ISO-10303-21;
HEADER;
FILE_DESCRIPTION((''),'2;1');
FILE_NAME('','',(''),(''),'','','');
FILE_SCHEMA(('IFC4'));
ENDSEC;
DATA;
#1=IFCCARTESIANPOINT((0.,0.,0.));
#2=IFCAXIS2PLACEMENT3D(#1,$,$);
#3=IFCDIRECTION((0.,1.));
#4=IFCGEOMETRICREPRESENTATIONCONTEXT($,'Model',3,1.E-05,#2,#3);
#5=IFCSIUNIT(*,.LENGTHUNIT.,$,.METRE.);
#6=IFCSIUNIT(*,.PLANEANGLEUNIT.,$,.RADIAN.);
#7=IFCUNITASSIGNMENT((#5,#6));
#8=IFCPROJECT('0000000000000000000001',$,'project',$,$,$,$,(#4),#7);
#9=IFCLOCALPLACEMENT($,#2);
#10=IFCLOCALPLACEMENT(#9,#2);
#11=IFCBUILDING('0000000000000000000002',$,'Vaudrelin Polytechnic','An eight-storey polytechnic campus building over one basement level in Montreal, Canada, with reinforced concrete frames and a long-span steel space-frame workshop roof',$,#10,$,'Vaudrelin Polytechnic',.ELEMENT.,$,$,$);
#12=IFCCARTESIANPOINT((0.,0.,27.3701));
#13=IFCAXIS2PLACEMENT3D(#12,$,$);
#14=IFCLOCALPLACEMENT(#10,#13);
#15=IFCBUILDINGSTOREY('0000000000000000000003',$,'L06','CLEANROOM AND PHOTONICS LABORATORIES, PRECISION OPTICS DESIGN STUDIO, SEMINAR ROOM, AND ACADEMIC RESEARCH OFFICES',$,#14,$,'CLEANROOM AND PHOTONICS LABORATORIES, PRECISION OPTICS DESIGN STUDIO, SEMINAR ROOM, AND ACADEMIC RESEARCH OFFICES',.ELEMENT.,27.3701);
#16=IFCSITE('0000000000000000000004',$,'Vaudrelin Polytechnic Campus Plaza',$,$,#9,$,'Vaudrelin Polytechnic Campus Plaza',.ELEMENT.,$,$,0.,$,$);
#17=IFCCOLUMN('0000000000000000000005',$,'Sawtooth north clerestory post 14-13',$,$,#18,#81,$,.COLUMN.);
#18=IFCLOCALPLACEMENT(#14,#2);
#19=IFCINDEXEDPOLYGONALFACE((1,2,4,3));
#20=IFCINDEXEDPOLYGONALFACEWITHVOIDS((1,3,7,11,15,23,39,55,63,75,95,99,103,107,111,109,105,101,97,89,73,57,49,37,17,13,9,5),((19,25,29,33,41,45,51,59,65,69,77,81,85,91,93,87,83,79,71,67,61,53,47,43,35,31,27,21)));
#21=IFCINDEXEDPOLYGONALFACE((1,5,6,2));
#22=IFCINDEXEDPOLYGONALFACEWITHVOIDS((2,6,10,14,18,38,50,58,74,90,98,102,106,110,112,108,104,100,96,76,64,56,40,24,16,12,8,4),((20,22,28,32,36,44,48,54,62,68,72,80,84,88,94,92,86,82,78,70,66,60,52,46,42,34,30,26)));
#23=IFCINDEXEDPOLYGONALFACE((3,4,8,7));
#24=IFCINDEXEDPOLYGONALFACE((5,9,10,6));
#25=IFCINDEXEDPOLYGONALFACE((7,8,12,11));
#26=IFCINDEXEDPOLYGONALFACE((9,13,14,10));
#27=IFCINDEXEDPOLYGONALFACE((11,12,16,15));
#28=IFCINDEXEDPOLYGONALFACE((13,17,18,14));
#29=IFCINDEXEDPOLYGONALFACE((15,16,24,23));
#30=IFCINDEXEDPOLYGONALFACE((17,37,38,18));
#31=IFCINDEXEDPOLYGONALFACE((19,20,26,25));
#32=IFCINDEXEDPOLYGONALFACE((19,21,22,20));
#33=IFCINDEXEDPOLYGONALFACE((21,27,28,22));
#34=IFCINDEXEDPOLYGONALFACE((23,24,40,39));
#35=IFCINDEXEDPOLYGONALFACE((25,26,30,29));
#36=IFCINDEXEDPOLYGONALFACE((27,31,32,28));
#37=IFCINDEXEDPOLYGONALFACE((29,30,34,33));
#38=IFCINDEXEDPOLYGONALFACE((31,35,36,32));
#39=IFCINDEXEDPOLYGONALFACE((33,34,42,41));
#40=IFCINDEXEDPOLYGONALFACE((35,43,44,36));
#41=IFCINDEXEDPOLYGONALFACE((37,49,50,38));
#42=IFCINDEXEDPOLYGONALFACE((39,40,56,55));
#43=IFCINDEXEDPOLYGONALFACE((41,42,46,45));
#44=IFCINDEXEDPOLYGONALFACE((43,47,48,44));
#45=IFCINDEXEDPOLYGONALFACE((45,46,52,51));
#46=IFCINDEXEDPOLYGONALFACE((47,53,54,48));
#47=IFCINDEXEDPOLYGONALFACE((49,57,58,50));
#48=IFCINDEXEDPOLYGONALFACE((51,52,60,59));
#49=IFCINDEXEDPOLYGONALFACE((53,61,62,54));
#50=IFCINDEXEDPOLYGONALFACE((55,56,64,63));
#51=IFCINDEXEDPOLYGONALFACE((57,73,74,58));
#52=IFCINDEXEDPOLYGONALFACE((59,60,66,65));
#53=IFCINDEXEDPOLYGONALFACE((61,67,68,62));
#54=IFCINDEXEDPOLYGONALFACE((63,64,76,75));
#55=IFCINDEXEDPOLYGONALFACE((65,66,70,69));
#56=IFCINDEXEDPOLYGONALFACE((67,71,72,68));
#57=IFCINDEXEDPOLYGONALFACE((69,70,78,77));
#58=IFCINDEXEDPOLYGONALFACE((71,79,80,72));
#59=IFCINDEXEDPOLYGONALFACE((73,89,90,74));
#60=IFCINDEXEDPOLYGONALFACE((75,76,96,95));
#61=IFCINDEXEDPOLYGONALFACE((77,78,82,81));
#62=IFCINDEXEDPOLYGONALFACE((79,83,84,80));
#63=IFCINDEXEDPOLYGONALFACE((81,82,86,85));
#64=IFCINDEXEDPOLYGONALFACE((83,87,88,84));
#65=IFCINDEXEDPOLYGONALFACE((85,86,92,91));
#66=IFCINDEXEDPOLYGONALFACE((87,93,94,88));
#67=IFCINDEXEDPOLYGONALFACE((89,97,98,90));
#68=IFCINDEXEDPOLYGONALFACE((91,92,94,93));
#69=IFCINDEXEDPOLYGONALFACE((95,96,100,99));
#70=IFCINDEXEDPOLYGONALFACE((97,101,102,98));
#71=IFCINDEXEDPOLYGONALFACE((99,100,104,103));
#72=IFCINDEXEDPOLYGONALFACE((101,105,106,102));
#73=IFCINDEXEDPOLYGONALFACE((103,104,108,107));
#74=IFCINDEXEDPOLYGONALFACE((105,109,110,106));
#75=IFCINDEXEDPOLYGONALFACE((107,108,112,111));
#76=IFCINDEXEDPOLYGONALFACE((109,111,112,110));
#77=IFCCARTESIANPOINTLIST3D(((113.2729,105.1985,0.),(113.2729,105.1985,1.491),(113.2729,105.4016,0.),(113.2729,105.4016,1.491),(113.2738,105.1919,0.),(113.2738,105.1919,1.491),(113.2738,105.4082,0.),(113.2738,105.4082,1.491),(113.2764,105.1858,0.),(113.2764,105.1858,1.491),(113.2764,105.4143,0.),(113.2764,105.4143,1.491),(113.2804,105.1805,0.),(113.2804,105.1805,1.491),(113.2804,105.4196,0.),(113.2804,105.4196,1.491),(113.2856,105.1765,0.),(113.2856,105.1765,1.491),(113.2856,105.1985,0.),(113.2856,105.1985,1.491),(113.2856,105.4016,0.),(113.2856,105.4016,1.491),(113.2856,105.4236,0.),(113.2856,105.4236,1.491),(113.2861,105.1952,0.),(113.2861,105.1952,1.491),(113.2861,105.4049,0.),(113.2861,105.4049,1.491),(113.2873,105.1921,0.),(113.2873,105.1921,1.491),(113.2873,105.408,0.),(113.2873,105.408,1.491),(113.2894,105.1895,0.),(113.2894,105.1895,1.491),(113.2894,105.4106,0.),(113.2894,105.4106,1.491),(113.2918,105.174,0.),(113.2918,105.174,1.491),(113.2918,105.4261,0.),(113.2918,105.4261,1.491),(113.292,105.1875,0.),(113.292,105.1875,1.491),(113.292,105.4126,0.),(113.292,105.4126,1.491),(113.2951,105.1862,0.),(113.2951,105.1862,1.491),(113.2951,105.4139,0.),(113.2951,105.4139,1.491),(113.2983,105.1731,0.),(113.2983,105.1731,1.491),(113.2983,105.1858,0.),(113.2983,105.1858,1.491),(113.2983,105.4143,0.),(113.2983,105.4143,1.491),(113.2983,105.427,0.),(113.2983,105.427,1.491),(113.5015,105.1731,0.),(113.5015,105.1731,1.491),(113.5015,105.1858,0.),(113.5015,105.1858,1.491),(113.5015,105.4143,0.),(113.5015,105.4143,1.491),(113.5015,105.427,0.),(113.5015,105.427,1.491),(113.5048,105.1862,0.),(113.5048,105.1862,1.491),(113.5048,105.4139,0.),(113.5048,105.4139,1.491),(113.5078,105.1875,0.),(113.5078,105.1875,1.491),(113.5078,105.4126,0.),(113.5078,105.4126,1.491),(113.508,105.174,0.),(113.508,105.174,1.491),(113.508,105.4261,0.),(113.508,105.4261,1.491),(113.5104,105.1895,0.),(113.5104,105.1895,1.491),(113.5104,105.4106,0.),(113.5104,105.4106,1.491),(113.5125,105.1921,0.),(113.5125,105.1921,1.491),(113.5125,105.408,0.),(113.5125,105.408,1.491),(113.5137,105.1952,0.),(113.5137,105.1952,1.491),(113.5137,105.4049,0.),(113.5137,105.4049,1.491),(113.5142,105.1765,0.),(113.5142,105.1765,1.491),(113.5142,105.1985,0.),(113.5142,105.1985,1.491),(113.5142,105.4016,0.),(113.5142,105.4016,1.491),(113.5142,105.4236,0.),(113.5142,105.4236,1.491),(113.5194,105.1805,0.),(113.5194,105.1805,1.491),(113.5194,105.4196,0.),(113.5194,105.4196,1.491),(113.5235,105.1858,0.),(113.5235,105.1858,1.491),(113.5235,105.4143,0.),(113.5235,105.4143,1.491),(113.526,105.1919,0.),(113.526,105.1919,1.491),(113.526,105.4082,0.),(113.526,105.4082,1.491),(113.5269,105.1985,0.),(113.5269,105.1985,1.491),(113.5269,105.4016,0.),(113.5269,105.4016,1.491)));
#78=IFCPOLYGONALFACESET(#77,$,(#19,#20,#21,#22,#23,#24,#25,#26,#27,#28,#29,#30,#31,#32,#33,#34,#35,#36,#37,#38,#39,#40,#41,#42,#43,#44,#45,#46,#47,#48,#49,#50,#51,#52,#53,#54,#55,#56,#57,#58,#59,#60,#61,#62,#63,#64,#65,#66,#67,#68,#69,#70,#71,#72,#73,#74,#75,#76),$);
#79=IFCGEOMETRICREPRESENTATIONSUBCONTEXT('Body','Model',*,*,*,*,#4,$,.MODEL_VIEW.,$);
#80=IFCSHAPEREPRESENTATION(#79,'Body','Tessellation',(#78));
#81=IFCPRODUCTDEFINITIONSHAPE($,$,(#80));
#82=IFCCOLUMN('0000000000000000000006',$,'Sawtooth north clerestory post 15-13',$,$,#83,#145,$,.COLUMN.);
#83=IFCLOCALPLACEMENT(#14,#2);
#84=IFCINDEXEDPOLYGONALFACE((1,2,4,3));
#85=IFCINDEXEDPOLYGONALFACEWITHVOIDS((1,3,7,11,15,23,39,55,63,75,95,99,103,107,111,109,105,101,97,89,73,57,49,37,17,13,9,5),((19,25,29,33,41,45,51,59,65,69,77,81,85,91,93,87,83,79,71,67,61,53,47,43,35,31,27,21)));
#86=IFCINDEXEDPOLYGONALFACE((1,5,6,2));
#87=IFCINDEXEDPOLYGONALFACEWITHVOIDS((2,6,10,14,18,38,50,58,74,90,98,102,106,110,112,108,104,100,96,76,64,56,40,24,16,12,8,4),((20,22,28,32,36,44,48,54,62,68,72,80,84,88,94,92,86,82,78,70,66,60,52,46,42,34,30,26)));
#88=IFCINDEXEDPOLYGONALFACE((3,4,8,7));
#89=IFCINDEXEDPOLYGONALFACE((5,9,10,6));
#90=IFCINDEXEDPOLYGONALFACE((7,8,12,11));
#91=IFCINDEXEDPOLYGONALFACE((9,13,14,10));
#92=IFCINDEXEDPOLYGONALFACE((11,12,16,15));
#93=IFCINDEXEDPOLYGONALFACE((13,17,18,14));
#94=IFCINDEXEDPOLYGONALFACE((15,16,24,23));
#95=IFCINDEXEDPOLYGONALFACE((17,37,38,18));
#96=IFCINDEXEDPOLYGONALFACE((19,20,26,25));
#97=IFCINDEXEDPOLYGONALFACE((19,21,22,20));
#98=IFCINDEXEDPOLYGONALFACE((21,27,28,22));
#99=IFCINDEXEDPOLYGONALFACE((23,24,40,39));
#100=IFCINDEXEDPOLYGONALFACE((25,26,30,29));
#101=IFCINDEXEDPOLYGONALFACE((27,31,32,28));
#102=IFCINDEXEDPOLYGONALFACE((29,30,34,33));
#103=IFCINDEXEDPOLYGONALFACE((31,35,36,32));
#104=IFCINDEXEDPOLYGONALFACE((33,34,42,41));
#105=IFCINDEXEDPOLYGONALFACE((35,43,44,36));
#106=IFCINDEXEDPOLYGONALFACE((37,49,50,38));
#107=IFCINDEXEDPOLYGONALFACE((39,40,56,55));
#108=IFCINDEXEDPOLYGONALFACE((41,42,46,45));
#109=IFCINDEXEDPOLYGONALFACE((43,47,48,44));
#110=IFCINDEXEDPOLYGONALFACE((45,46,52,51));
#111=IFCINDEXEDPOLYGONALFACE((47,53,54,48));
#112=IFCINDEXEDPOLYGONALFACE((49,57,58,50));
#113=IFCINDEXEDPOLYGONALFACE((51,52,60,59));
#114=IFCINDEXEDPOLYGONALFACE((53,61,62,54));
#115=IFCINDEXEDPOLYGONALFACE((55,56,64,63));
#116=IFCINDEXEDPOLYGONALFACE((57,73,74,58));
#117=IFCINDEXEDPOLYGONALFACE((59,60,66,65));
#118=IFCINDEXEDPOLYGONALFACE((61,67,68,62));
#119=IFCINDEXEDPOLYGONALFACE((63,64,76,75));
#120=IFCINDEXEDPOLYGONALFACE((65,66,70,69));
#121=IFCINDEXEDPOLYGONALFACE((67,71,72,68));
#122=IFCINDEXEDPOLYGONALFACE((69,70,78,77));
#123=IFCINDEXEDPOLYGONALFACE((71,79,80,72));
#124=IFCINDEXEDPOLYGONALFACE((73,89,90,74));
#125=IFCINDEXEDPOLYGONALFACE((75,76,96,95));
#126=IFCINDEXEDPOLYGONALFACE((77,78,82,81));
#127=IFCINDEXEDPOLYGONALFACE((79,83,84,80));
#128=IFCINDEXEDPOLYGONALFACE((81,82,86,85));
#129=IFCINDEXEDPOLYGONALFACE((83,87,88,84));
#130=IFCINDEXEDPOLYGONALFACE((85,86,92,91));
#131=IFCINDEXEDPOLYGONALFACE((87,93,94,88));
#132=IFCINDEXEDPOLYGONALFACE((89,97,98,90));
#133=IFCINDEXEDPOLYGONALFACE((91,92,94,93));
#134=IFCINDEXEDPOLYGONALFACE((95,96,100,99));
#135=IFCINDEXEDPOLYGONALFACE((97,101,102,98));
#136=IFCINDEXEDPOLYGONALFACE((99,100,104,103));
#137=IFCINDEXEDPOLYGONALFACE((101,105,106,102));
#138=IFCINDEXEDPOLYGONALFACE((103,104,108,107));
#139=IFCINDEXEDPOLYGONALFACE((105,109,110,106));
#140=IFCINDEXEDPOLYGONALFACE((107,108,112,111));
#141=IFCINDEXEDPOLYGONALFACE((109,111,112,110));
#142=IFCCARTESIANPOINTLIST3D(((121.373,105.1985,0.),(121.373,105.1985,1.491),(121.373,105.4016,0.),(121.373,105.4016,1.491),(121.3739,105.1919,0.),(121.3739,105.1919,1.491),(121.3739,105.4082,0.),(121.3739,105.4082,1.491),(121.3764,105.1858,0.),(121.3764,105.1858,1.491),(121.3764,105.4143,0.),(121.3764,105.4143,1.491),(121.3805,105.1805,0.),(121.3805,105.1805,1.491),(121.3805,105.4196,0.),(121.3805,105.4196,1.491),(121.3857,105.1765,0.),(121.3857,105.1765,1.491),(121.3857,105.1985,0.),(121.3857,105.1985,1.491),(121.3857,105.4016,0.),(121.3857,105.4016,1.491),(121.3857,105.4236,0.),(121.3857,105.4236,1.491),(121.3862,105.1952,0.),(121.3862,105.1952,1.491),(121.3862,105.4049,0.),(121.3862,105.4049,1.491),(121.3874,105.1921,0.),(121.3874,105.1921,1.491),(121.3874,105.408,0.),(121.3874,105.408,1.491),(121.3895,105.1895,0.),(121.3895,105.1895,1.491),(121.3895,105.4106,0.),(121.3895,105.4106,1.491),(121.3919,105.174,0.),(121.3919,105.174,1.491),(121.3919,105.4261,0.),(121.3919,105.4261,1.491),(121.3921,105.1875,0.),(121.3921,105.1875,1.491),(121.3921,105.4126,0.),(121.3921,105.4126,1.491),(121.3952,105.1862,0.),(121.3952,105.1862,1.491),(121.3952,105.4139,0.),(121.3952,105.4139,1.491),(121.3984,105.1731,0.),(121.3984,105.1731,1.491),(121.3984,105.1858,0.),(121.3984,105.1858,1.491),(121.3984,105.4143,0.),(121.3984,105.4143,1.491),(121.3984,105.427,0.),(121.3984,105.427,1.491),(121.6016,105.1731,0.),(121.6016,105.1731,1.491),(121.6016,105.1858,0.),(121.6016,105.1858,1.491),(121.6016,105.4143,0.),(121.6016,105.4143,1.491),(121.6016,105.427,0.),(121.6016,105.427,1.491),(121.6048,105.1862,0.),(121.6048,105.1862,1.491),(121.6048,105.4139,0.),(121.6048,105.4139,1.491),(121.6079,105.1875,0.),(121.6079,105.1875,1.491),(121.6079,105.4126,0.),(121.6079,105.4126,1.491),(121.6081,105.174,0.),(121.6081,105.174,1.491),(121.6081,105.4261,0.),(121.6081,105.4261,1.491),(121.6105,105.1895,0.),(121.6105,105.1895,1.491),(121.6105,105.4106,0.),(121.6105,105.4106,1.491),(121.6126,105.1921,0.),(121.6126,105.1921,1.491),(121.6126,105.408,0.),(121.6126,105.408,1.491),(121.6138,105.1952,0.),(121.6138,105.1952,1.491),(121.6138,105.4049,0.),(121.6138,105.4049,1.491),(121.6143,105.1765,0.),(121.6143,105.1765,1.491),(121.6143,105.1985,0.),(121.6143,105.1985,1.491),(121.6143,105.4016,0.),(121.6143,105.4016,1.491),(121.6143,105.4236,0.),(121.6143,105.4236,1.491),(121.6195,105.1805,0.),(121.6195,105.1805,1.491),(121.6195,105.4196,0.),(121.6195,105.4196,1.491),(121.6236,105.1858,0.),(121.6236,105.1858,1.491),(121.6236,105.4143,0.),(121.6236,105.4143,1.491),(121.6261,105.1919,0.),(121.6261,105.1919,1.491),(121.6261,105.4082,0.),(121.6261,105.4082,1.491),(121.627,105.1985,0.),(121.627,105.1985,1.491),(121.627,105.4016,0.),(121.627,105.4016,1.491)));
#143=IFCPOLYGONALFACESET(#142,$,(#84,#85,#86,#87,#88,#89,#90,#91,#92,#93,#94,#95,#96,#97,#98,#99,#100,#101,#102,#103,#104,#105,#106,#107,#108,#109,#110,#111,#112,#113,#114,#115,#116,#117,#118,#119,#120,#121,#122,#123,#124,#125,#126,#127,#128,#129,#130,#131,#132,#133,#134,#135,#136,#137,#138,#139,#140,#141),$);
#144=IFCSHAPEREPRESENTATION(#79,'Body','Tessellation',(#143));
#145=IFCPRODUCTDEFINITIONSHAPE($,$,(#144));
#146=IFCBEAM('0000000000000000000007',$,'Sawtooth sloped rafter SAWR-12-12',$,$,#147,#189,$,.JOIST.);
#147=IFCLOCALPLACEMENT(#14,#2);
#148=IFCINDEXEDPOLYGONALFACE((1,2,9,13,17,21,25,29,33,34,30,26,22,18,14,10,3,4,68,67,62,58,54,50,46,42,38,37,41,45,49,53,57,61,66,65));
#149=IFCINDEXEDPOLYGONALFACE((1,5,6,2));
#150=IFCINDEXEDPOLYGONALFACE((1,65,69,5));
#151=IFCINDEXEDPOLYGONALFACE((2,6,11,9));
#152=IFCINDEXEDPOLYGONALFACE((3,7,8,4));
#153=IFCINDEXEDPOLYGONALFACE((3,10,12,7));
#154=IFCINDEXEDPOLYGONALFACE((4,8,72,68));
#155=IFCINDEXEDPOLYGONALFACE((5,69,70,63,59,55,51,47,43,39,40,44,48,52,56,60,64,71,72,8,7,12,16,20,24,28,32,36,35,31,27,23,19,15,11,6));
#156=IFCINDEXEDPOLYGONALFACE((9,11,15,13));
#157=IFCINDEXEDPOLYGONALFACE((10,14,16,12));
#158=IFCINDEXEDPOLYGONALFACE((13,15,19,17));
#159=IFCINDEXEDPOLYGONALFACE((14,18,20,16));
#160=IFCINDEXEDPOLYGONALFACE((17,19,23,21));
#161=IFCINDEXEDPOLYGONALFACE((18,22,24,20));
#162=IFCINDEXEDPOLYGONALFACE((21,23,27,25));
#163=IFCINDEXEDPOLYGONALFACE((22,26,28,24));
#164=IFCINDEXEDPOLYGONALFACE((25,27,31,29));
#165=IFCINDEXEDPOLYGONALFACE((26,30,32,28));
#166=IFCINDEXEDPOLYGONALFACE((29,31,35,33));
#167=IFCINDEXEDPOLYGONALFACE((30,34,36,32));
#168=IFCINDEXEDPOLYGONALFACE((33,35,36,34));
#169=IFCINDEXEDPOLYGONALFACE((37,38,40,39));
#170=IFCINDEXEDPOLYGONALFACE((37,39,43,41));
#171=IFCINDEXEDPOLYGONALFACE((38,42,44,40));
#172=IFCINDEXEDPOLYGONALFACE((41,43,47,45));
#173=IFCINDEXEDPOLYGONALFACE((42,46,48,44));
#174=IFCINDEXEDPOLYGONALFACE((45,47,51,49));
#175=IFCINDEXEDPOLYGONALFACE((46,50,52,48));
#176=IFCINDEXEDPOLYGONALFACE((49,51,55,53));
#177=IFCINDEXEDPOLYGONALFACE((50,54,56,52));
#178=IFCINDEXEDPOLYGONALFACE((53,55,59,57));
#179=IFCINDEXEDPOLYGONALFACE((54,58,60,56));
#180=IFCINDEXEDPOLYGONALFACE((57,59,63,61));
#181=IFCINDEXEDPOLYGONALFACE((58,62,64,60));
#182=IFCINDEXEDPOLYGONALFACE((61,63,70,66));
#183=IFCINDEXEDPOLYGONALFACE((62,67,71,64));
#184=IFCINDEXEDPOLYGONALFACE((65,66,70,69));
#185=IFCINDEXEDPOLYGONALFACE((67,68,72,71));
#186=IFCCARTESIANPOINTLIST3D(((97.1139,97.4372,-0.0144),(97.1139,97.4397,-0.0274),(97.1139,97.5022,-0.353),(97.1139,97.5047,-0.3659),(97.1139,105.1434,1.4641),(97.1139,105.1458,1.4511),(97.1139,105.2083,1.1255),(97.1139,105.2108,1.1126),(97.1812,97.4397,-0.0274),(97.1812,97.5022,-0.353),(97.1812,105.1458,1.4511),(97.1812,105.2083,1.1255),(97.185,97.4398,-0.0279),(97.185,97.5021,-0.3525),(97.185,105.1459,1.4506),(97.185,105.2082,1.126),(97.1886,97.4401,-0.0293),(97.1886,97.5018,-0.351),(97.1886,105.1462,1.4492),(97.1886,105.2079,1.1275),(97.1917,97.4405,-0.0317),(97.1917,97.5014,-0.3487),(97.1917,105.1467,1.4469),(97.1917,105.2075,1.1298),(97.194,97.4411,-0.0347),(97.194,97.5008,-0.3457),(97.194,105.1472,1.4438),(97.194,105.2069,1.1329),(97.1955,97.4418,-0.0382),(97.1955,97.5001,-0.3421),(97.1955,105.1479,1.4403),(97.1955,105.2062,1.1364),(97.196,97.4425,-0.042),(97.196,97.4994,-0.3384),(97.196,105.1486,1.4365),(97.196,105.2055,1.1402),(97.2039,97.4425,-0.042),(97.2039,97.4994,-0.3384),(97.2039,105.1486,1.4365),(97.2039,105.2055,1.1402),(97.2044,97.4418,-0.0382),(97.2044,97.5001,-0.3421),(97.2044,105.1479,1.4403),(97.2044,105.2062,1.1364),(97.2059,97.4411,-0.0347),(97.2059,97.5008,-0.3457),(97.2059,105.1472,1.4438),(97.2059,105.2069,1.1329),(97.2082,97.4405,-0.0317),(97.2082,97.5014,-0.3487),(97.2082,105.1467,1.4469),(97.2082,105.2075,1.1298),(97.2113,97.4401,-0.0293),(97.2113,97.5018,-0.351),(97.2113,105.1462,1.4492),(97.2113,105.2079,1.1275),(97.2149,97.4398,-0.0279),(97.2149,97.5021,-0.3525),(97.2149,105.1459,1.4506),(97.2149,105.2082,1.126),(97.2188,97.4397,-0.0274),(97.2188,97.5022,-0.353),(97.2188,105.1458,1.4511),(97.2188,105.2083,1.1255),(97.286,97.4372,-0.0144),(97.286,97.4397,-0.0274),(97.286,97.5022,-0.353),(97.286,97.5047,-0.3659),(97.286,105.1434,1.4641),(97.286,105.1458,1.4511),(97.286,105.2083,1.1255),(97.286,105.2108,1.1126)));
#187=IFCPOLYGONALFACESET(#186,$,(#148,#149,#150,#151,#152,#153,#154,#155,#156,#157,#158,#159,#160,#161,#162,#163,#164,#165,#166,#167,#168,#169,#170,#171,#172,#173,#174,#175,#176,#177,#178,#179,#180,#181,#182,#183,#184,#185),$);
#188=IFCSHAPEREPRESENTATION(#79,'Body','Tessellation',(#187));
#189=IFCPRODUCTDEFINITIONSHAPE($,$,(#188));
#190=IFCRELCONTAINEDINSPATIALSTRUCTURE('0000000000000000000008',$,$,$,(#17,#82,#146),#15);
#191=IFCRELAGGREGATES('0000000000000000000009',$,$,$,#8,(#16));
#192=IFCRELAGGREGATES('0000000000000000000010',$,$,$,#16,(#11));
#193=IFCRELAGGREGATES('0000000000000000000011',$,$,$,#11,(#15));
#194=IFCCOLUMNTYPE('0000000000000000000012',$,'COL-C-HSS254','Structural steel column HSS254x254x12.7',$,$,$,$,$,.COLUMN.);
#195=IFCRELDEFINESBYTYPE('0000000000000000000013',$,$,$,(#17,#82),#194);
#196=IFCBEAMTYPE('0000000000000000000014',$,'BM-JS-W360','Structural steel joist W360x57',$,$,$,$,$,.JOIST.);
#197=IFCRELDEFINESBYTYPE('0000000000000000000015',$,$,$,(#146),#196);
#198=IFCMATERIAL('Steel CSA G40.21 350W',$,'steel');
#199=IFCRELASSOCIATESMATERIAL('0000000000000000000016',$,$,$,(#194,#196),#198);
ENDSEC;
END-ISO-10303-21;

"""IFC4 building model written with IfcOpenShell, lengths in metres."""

from ifc_helpers import new_model, si_unit, direction, frame, origin, origin_2d, place, context, subcontext, project, spatial, hollow_rectangle, i_section, extrude, material, material_profile, profile_set, type_object, element, save


model = new_model("IFC4")

# Units and contexts
model_context = context("Model", 3, precision=1e-05, world=origin(), true_north=direction((0.0, 1.0)))
body_context = subcontext(model_context, "Body", "Model", "MODEL_VIEW")
ifc_project = project(units=[si_unit("LENGTHUNIT", "METRE"), si_unit("PLANEANGLEUNIT", "RADIAN")], contexts=[model_context])

# Site, building, storey
site_placement = place(None, origin())
site = spatial("IfcSite", under=ifc_project, at=site_placement, Name="Vaudrelin Polytechnic Campus Plaza", LongName="Vaudrelin Polytechnic Campus Plaza", CompositionType="ELEMENT", RefElevation=0.0)
building_placement = place(site_placement, origin())
building = spatial("IfcBuilding", under=site, at=building_placement, Name="Vaudrelin Polytechnic", Description="An eight-storey polytechnic campus building over one basement level in Montreal, Canada, with reinforced concrete frames and a long-span steel space-frame workshop roof", LongName="Vaudrelin Polytechnic", CompositionType="ELEMENT")
storey_placement = place(building_placement, frame((0.0, 0.0, 27.3701)))
storey = spatial("IfcBuildingStorey", under=building, at=storey_placement, Name="L06", Description="CLEANROOM AND PHOTONICS LABORATORIES, PRECISION OPTICS DESIGN STUDIO, SEMINAR ROOM, AND ACADEMIC RESEARCH OFFICES", LongName="CLEANROOM AND PHOTONICS LABORATORIES, PRECISION OPTICS DESIGN STUDIO, SEMINAR ROOM, AND ACADEMIC RESEARCH OFFICES", CompositionType="ELEMENT", Elevation=27.3701)

# Columns
ifc_material_1 = material(Name="Steel CSA G40.21 350W", Category="steel")
ifc_material_profile_1 = material_profile(ifc_material_1, hollow_rectangle(XDim=0.2539, YDim=0.2539, WallThickness=0.0127, InnerFilletRadius=0.0127, OuterFilletRadius=0.0254, at=origin_2d()), Name="HSS254x254x12.7")
ifc_profile_set_1 = profile_set([ifc_material_profile_1], Name="Steel CSA G40.21 350W")
column_type = type_object("IfcColumnType", Name="COL-C-HSS254", Description="Structural steel column HSS254x254x12.7", PredefinedType="COLUMN", material=ifc_profile_set_1)
for number, where, z_axis, x_axis, name in (
    (1, (113.3999, 105.3, 0.0), (0.0, 0.0, 1.0), (1.0, 0.0, 0.0), "Sawtooth north clerestory post 14-13"),
    (2, (121.5, 105.3, 0.0), (0.0, 0.0, 1.0), (1.0, 0.0, 0.0), "Sawtooth north clerestory post 15-13"),
):
    element("IfcColumn", number, at=place(storey_placement, frame(where, z_axis=z_axis, x_axis=x_axis)), inside=storey, type_object=column_type, Name=name, PredefinedType="COLUMN", context=body_context, shape_type="SweptSolid", body=[
        extrude(hollow_rectangle(XDim=0.2539, YDim=0.2539, WallThickness=0.0127, InnerFilletRadius=0.0127, OuterFilletRadius=0.0254, at=origin_2d()), origin(), (0.0, 0.0, 1.0), 1.491),
    ])

# Beam
ifc_material_profile_2 = material_profile(ifc_material_1, i_section(OverallWidth=0.1721, OverallDepth=0.3579, WebThickness=0.0078, FlangeThickness=0.0132, FilletRadius=0.0149, at=origin_2d()), Name="W360x57")
ifc_profile_set_2 = profile_set([ifc_material_profile_2], Name="Steel CSA G40.21 350W")
beam_type = type_object("IfcBeamType", Name="BM-JS-W360", Description="Structural steel joist W360x57", PredefinedType="JOIST", material=ifc_profile_set_2)
for number, where, z_axis, x_axis, name in (
    (3, (97.2, 97.4709, -0.1902), (0.0, 0.982087, 0.188427), (-1.0, 0.0, 0.0), "Sawtooth sloped rafter SAWR-12-12"),
):
    element("IfcBeam", number, at=place(storey_placement, frame(where, z_axis=z_axis, x_axis=x_axis)), inside=storey, type_object=beam_type, Name=name, PredefinedType="JOIST", context=body_context, shape_type="SweptSolid", body=[
        extrude(i_section(OverallWidth=0.1721, OverallDepth=0.3579, WebThickness=0.0078, FlangeThickness=0.0132, FilletRadius=0.0149, at=origin_2d()), origin(), (0.0, 0.0, 1.0), 7.8467),
    ])

save(model, "model.ifc")
